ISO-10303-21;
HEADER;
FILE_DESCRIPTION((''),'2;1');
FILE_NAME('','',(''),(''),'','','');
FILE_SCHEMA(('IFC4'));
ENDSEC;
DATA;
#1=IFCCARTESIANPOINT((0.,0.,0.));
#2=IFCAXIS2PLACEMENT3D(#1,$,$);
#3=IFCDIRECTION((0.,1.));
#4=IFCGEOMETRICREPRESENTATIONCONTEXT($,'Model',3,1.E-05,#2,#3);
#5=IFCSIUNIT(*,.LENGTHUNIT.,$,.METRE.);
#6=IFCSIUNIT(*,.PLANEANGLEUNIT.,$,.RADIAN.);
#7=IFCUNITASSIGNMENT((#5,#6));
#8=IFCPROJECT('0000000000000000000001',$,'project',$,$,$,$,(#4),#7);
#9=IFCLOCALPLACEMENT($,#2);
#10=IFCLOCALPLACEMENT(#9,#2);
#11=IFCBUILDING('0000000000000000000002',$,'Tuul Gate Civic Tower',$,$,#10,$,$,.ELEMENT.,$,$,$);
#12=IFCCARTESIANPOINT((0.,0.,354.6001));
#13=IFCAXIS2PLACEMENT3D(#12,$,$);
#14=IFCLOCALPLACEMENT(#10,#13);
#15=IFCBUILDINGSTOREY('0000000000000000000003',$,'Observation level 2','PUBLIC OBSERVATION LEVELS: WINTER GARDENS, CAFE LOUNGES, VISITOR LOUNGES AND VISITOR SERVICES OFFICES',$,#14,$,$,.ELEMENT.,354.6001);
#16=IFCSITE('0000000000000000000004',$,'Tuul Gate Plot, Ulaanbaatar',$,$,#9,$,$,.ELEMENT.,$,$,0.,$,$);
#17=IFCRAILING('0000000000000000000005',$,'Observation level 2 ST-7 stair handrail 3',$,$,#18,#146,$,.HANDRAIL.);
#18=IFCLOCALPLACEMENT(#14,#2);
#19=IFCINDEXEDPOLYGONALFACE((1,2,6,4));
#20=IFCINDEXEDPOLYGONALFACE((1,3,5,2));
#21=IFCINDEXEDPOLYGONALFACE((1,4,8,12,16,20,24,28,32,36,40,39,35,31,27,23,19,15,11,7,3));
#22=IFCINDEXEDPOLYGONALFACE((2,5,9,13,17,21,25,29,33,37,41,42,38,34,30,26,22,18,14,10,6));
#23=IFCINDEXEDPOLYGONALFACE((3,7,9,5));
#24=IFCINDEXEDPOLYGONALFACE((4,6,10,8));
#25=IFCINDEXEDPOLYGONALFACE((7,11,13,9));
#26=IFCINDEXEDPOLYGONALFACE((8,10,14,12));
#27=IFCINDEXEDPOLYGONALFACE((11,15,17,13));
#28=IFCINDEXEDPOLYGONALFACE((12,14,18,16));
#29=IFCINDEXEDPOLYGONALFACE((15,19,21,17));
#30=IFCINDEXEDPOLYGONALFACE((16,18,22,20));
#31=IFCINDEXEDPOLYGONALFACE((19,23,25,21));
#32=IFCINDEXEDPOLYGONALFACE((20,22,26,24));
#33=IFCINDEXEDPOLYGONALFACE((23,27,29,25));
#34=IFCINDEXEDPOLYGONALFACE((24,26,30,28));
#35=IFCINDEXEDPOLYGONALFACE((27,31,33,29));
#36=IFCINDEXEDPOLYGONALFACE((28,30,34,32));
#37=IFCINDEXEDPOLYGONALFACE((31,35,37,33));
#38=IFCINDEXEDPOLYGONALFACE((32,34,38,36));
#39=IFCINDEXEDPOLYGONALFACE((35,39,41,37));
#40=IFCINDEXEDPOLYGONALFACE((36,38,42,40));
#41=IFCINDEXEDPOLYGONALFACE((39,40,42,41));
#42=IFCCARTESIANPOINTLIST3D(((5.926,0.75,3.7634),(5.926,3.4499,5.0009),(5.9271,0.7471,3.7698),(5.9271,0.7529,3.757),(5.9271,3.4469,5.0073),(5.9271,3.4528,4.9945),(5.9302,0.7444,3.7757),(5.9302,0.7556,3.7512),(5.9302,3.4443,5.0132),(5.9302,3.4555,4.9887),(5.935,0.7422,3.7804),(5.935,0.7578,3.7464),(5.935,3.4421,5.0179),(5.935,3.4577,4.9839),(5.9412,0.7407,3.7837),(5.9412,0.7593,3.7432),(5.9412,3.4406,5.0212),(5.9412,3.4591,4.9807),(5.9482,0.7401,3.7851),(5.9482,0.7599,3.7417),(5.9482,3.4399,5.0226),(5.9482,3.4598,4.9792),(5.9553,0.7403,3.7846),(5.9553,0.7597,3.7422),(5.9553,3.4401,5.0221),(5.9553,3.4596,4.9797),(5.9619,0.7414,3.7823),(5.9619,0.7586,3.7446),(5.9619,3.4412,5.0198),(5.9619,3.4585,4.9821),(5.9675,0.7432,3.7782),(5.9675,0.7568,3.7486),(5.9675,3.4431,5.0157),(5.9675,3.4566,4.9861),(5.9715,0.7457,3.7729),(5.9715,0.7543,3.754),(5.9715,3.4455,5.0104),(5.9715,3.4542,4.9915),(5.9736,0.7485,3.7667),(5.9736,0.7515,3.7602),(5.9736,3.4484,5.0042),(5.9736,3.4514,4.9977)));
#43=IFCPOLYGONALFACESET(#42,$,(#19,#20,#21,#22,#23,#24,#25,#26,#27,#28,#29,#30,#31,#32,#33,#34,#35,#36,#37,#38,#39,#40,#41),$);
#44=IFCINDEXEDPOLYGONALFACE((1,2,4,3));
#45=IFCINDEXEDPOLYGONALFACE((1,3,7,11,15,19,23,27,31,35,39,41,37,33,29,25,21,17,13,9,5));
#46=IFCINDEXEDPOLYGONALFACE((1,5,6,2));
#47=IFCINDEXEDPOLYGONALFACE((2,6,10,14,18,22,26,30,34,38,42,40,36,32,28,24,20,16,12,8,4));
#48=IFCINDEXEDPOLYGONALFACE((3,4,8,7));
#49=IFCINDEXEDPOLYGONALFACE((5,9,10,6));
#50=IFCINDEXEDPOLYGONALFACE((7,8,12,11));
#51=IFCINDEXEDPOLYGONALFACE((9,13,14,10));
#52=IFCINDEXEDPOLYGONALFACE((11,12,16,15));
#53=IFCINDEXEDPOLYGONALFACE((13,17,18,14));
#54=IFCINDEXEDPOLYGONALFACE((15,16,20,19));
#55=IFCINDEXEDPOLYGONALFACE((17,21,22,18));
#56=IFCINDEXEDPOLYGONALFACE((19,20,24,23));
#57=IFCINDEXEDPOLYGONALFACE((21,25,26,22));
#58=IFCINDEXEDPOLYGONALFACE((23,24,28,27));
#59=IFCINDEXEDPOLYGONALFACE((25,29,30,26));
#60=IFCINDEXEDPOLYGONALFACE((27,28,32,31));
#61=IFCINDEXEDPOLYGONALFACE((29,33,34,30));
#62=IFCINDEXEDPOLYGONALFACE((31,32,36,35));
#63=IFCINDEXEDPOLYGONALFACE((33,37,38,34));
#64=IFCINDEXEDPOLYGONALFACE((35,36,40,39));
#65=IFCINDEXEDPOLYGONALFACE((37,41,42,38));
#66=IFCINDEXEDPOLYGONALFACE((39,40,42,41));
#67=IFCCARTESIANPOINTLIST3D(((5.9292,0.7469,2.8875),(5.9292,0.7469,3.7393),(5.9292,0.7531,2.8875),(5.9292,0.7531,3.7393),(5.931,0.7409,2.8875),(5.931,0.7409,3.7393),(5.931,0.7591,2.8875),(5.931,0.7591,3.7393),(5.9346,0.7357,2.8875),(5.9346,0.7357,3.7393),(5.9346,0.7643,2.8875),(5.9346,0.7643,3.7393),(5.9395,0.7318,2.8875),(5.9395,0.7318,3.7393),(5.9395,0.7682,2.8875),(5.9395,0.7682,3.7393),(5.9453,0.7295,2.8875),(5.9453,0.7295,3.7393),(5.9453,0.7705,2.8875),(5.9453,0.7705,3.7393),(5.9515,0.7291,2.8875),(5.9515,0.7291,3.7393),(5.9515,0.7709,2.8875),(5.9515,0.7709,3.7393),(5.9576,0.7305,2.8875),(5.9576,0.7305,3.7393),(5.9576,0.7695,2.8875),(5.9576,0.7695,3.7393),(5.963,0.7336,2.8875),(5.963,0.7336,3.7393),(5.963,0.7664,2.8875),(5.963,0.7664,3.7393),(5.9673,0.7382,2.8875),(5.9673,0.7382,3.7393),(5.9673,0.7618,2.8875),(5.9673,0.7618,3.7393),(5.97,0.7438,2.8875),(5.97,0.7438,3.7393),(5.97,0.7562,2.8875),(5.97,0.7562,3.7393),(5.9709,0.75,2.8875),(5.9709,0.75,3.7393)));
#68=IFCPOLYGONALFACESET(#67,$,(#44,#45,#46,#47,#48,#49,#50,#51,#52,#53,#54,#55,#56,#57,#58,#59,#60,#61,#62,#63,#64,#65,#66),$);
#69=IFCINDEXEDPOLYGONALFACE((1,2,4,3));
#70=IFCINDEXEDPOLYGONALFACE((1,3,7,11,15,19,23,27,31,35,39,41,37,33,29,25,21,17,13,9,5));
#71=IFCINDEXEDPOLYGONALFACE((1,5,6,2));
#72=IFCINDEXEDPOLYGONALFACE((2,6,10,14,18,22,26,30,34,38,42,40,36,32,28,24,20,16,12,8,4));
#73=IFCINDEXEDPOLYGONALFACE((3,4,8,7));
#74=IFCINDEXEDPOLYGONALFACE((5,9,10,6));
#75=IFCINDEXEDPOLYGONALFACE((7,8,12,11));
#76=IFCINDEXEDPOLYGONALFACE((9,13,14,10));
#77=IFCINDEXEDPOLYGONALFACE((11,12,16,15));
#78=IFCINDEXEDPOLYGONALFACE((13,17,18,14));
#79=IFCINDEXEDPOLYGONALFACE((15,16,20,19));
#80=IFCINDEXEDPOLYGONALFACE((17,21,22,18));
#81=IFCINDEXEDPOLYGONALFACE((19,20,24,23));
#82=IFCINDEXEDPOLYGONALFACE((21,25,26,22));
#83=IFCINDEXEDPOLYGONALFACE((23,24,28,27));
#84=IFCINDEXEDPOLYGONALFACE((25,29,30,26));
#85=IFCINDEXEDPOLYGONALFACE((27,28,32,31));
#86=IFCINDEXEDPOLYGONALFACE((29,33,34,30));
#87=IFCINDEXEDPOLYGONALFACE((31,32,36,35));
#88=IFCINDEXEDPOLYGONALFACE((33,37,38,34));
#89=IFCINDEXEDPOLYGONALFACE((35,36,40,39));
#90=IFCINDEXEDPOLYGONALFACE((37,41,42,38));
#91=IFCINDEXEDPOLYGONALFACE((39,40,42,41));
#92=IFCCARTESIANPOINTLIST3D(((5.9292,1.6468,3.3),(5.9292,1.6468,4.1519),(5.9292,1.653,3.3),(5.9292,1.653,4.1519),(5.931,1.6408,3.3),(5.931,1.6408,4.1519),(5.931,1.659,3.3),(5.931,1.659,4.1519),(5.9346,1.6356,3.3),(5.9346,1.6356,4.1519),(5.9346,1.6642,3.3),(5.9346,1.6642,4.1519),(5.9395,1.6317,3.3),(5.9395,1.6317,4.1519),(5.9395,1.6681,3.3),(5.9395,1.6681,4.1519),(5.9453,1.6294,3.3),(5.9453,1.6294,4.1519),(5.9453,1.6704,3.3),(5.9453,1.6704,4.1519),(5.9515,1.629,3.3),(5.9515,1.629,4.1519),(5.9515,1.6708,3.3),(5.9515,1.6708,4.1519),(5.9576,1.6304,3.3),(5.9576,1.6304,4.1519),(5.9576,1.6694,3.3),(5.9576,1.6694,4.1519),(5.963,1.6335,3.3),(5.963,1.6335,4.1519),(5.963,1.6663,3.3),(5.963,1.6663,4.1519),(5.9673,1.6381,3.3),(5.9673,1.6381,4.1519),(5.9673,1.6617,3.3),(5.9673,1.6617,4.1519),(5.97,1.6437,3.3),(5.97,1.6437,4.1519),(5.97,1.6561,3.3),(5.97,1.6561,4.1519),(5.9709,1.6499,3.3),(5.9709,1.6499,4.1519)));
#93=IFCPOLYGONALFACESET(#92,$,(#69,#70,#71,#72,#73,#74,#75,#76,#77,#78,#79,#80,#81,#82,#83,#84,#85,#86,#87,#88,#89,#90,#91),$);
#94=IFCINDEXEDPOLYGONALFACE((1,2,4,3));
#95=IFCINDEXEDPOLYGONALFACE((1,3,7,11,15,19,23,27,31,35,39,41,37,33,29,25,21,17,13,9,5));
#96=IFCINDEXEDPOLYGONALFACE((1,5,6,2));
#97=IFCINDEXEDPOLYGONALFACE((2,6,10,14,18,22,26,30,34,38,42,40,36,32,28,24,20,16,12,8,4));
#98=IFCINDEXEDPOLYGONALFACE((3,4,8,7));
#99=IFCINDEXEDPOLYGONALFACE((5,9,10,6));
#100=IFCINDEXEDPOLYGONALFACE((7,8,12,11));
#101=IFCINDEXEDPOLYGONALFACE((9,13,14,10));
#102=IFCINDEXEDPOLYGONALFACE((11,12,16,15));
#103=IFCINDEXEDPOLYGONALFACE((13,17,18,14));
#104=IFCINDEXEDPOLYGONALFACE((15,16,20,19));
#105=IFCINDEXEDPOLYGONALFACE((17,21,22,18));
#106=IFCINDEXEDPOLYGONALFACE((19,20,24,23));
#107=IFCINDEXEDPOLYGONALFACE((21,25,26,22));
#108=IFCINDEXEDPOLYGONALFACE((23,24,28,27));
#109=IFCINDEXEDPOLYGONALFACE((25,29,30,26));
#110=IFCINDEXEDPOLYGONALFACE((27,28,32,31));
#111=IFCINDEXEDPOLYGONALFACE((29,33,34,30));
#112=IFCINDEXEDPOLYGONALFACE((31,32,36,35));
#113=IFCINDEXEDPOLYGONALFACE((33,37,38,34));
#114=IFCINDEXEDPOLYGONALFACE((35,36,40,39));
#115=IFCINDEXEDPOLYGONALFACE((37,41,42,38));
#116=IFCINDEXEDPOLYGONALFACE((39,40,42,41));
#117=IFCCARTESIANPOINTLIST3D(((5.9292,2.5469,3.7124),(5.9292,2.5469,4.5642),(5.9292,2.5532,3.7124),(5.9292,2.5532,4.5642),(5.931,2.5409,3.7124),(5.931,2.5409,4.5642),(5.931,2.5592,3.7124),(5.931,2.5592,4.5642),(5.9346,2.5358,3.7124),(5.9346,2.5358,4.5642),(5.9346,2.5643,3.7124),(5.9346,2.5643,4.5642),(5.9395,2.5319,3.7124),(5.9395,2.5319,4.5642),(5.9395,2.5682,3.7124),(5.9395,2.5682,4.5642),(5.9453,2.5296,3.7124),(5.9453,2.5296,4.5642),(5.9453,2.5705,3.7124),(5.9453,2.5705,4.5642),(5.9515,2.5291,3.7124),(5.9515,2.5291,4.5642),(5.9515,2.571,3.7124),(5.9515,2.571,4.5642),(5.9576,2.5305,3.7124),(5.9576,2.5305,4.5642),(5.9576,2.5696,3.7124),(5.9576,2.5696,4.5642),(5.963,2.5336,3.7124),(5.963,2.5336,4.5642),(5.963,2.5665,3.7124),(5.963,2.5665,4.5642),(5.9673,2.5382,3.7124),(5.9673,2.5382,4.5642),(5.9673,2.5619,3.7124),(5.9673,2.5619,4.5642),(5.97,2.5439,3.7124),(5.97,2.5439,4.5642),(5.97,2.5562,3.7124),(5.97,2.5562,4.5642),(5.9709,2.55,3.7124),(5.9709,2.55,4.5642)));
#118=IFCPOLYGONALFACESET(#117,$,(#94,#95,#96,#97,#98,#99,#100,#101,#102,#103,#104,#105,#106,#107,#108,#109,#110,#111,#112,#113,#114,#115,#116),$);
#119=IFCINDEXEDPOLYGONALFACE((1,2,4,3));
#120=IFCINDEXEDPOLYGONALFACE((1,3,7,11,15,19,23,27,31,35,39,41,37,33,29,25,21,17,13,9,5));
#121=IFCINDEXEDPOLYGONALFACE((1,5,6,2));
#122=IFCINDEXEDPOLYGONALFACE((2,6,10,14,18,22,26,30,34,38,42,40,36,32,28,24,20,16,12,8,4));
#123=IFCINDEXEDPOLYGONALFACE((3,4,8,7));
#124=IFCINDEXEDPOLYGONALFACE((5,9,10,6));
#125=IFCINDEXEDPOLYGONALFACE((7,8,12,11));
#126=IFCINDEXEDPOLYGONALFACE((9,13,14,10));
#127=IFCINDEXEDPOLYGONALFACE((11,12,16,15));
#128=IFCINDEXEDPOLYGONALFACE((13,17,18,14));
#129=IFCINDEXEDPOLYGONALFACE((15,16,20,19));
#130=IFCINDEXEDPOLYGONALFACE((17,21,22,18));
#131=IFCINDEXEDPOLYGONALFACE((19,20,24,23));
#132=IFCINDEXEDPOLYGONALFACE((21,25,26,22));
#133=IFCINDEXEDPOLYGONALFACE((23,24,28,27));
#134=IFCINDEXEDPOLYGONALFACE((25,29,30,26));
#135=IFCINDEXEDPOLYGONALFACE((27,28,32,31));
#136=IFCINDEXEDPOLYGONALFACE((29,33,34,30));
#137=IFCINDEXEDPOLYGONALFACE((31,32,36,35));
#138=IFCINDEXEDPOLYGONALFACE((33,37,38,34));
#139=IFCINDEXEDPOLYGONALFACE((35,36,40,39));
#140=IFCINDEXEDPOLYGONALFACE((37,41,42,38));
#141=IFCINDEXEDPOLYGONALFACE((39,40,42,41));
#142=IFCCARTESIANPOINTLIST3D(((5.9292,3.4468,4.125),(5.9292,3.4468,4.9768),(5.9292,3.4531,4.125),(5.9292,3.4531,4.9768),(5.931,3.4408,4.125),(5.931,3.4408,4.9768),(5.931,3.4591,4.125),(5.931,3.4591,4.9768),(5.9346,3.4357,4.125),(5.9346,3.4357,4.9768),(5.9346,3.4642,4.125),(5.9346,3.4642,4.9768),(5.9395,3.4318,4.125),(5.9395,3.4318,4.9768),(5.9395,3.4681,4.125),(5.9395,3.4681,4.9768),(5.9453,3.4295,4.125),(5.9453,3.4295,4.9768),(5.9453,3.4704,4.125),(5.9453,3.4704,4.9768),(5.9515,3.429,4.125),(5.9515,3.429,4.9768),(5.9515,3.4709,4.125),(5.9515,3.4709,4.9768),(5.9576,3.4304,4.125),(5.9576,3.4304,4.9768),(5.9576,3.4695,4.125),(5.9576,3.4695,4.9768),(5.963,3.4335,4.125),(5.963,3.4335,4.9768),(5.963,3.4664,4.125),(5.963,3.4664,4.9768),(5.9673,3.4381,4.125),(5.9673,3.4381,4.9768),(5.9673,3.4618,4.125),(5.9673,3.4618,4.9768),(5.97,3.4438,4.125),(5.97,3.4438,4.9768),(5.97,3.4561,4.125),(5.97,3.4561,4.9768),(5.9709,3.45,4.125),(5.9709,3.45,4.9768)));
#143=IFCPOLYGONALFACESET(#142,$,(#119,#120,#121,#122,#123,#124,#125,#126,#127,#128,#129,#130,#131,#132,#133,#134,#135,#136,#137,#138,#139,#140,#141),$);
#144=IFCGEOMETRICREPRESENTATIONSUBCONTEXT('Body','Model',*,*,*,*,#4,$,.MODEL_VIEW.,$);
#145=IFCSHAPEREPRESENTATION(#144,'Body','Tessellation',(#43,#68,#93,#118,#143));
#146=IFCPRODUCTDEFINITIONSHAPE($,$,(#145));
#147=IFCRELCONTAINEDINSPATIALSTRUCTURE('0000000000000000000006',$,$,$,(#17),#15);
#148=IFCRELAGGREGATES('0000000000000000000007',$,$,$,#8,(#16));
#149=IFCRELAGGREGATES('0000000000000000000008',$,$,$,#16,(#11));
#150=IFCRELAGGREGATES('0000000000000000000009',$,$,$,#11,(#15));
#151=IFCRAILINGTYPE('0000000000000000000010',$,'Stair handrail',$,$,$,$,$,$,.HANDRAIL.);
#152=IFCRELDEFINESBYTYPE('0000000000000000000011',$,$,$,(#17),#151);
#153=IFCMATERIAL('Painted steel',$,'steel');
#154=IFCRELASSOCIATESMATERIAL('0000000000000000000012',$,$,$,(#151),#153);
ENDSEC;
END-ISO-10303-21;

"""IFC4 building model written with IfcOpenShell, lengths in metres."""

from ifc_helpers import new_model, si_unit, direction, frame, origin, origin_2d, place, context, subcontext, project, spatial, circle, extrude, material, type_object, element, save


model = new_model("IFC4")

# Units and contexts
model_context = context("Model", 3, precision=1e-05, world=origin(), true_north=direction((0.0, 1.0)))
body_context = subcontext(model_context, "Body", "Model", "MODEL_VIEW")
ifc_project = project(units=[si_unit("LENGTHUNIT", "METRE"), si_unit("PLANEANGLEUNIT", "RADIAN")], contexts=[model_context])

# Site, building, storey
site_placement = place(None, origin())
site = spatial("IfcSite", under=ifc_project, at=site_placement, Name="Tuul Gate Plot, Ulaanbaatar", CompositionType="ELEMENT", RefElevation=0.0)
building_placement = place(site_placement, origin())
building = spatial("IfcBuilding", under=site, at=building_placement, Name="Tuul Gate Civic Tower", CompositionType="ELEMENT")
storey_placement = place(building_placement, frame((0.0, 0.0, 354.6001)))
storey = spatial("IfcBuildingStorey", under=building, at=storey_placement, Name="Observation level 2", Description="PUBLIC OBSERVATION LEVELS: WINTER GARDENS, CAFE LOUNGES, VISITOR LOUNGES AND VISITOR SERVICES OFFICES", CompositionType="ELEMENT", Elevation=354.6001)

# Railing
ifc_material_1 = material(Name="Painted steel", Category="steel")
railing_type_1 = type_object("IfcRailingType", Name="Stair handrail", PredefinedType="HANDRAIL", material=ifc_material_1)
railing_1_placement = place(storey_placement, frame((5.95, 0.75, 2.8875)))
element("IfcRailing", 1, at=railing_1_placement, inside=storey, type_object=railing_type_1, Name="Observation level 2 ST-7 stair handrail 3", PredefinedType="HANDRAIL", context=body_context, shape_type="SweptSolid", body=[
    extrude(circle(Radius=0.0239, at=origin_2d()), frame((0.0, 0.0, 0.876), z_axis=(0.0, 0.909056, 0.416675), x_axis=(-1.0, 0.0, 0.0)), (0.0, 0.0, 1.0), 2.97),
    extrude(circle(Radius=0.021, at=origin_2d()), origin(), (0.0, 0.0, 1.0), 0.8518),
    extrude(circle(Radius=0.021, at=origin_2d()), frame((0.0, 0.8999, 0.4126)), (0.0, 0.0, 1.0), 0.8518),
    extrude(circle(Radius=0.021, at=origin_2d()), frame((0.0, 1.8, 0.825)), (0.0, 0.0, 1.0), 0.8518),
    extrude(circle(Radius=0.021, at=origin_2d()), frame((0.0, 2.7, 1.2375)), (0.0, 0.0, 1.0), 0.8518),
])

save(model, "model.ifc")
